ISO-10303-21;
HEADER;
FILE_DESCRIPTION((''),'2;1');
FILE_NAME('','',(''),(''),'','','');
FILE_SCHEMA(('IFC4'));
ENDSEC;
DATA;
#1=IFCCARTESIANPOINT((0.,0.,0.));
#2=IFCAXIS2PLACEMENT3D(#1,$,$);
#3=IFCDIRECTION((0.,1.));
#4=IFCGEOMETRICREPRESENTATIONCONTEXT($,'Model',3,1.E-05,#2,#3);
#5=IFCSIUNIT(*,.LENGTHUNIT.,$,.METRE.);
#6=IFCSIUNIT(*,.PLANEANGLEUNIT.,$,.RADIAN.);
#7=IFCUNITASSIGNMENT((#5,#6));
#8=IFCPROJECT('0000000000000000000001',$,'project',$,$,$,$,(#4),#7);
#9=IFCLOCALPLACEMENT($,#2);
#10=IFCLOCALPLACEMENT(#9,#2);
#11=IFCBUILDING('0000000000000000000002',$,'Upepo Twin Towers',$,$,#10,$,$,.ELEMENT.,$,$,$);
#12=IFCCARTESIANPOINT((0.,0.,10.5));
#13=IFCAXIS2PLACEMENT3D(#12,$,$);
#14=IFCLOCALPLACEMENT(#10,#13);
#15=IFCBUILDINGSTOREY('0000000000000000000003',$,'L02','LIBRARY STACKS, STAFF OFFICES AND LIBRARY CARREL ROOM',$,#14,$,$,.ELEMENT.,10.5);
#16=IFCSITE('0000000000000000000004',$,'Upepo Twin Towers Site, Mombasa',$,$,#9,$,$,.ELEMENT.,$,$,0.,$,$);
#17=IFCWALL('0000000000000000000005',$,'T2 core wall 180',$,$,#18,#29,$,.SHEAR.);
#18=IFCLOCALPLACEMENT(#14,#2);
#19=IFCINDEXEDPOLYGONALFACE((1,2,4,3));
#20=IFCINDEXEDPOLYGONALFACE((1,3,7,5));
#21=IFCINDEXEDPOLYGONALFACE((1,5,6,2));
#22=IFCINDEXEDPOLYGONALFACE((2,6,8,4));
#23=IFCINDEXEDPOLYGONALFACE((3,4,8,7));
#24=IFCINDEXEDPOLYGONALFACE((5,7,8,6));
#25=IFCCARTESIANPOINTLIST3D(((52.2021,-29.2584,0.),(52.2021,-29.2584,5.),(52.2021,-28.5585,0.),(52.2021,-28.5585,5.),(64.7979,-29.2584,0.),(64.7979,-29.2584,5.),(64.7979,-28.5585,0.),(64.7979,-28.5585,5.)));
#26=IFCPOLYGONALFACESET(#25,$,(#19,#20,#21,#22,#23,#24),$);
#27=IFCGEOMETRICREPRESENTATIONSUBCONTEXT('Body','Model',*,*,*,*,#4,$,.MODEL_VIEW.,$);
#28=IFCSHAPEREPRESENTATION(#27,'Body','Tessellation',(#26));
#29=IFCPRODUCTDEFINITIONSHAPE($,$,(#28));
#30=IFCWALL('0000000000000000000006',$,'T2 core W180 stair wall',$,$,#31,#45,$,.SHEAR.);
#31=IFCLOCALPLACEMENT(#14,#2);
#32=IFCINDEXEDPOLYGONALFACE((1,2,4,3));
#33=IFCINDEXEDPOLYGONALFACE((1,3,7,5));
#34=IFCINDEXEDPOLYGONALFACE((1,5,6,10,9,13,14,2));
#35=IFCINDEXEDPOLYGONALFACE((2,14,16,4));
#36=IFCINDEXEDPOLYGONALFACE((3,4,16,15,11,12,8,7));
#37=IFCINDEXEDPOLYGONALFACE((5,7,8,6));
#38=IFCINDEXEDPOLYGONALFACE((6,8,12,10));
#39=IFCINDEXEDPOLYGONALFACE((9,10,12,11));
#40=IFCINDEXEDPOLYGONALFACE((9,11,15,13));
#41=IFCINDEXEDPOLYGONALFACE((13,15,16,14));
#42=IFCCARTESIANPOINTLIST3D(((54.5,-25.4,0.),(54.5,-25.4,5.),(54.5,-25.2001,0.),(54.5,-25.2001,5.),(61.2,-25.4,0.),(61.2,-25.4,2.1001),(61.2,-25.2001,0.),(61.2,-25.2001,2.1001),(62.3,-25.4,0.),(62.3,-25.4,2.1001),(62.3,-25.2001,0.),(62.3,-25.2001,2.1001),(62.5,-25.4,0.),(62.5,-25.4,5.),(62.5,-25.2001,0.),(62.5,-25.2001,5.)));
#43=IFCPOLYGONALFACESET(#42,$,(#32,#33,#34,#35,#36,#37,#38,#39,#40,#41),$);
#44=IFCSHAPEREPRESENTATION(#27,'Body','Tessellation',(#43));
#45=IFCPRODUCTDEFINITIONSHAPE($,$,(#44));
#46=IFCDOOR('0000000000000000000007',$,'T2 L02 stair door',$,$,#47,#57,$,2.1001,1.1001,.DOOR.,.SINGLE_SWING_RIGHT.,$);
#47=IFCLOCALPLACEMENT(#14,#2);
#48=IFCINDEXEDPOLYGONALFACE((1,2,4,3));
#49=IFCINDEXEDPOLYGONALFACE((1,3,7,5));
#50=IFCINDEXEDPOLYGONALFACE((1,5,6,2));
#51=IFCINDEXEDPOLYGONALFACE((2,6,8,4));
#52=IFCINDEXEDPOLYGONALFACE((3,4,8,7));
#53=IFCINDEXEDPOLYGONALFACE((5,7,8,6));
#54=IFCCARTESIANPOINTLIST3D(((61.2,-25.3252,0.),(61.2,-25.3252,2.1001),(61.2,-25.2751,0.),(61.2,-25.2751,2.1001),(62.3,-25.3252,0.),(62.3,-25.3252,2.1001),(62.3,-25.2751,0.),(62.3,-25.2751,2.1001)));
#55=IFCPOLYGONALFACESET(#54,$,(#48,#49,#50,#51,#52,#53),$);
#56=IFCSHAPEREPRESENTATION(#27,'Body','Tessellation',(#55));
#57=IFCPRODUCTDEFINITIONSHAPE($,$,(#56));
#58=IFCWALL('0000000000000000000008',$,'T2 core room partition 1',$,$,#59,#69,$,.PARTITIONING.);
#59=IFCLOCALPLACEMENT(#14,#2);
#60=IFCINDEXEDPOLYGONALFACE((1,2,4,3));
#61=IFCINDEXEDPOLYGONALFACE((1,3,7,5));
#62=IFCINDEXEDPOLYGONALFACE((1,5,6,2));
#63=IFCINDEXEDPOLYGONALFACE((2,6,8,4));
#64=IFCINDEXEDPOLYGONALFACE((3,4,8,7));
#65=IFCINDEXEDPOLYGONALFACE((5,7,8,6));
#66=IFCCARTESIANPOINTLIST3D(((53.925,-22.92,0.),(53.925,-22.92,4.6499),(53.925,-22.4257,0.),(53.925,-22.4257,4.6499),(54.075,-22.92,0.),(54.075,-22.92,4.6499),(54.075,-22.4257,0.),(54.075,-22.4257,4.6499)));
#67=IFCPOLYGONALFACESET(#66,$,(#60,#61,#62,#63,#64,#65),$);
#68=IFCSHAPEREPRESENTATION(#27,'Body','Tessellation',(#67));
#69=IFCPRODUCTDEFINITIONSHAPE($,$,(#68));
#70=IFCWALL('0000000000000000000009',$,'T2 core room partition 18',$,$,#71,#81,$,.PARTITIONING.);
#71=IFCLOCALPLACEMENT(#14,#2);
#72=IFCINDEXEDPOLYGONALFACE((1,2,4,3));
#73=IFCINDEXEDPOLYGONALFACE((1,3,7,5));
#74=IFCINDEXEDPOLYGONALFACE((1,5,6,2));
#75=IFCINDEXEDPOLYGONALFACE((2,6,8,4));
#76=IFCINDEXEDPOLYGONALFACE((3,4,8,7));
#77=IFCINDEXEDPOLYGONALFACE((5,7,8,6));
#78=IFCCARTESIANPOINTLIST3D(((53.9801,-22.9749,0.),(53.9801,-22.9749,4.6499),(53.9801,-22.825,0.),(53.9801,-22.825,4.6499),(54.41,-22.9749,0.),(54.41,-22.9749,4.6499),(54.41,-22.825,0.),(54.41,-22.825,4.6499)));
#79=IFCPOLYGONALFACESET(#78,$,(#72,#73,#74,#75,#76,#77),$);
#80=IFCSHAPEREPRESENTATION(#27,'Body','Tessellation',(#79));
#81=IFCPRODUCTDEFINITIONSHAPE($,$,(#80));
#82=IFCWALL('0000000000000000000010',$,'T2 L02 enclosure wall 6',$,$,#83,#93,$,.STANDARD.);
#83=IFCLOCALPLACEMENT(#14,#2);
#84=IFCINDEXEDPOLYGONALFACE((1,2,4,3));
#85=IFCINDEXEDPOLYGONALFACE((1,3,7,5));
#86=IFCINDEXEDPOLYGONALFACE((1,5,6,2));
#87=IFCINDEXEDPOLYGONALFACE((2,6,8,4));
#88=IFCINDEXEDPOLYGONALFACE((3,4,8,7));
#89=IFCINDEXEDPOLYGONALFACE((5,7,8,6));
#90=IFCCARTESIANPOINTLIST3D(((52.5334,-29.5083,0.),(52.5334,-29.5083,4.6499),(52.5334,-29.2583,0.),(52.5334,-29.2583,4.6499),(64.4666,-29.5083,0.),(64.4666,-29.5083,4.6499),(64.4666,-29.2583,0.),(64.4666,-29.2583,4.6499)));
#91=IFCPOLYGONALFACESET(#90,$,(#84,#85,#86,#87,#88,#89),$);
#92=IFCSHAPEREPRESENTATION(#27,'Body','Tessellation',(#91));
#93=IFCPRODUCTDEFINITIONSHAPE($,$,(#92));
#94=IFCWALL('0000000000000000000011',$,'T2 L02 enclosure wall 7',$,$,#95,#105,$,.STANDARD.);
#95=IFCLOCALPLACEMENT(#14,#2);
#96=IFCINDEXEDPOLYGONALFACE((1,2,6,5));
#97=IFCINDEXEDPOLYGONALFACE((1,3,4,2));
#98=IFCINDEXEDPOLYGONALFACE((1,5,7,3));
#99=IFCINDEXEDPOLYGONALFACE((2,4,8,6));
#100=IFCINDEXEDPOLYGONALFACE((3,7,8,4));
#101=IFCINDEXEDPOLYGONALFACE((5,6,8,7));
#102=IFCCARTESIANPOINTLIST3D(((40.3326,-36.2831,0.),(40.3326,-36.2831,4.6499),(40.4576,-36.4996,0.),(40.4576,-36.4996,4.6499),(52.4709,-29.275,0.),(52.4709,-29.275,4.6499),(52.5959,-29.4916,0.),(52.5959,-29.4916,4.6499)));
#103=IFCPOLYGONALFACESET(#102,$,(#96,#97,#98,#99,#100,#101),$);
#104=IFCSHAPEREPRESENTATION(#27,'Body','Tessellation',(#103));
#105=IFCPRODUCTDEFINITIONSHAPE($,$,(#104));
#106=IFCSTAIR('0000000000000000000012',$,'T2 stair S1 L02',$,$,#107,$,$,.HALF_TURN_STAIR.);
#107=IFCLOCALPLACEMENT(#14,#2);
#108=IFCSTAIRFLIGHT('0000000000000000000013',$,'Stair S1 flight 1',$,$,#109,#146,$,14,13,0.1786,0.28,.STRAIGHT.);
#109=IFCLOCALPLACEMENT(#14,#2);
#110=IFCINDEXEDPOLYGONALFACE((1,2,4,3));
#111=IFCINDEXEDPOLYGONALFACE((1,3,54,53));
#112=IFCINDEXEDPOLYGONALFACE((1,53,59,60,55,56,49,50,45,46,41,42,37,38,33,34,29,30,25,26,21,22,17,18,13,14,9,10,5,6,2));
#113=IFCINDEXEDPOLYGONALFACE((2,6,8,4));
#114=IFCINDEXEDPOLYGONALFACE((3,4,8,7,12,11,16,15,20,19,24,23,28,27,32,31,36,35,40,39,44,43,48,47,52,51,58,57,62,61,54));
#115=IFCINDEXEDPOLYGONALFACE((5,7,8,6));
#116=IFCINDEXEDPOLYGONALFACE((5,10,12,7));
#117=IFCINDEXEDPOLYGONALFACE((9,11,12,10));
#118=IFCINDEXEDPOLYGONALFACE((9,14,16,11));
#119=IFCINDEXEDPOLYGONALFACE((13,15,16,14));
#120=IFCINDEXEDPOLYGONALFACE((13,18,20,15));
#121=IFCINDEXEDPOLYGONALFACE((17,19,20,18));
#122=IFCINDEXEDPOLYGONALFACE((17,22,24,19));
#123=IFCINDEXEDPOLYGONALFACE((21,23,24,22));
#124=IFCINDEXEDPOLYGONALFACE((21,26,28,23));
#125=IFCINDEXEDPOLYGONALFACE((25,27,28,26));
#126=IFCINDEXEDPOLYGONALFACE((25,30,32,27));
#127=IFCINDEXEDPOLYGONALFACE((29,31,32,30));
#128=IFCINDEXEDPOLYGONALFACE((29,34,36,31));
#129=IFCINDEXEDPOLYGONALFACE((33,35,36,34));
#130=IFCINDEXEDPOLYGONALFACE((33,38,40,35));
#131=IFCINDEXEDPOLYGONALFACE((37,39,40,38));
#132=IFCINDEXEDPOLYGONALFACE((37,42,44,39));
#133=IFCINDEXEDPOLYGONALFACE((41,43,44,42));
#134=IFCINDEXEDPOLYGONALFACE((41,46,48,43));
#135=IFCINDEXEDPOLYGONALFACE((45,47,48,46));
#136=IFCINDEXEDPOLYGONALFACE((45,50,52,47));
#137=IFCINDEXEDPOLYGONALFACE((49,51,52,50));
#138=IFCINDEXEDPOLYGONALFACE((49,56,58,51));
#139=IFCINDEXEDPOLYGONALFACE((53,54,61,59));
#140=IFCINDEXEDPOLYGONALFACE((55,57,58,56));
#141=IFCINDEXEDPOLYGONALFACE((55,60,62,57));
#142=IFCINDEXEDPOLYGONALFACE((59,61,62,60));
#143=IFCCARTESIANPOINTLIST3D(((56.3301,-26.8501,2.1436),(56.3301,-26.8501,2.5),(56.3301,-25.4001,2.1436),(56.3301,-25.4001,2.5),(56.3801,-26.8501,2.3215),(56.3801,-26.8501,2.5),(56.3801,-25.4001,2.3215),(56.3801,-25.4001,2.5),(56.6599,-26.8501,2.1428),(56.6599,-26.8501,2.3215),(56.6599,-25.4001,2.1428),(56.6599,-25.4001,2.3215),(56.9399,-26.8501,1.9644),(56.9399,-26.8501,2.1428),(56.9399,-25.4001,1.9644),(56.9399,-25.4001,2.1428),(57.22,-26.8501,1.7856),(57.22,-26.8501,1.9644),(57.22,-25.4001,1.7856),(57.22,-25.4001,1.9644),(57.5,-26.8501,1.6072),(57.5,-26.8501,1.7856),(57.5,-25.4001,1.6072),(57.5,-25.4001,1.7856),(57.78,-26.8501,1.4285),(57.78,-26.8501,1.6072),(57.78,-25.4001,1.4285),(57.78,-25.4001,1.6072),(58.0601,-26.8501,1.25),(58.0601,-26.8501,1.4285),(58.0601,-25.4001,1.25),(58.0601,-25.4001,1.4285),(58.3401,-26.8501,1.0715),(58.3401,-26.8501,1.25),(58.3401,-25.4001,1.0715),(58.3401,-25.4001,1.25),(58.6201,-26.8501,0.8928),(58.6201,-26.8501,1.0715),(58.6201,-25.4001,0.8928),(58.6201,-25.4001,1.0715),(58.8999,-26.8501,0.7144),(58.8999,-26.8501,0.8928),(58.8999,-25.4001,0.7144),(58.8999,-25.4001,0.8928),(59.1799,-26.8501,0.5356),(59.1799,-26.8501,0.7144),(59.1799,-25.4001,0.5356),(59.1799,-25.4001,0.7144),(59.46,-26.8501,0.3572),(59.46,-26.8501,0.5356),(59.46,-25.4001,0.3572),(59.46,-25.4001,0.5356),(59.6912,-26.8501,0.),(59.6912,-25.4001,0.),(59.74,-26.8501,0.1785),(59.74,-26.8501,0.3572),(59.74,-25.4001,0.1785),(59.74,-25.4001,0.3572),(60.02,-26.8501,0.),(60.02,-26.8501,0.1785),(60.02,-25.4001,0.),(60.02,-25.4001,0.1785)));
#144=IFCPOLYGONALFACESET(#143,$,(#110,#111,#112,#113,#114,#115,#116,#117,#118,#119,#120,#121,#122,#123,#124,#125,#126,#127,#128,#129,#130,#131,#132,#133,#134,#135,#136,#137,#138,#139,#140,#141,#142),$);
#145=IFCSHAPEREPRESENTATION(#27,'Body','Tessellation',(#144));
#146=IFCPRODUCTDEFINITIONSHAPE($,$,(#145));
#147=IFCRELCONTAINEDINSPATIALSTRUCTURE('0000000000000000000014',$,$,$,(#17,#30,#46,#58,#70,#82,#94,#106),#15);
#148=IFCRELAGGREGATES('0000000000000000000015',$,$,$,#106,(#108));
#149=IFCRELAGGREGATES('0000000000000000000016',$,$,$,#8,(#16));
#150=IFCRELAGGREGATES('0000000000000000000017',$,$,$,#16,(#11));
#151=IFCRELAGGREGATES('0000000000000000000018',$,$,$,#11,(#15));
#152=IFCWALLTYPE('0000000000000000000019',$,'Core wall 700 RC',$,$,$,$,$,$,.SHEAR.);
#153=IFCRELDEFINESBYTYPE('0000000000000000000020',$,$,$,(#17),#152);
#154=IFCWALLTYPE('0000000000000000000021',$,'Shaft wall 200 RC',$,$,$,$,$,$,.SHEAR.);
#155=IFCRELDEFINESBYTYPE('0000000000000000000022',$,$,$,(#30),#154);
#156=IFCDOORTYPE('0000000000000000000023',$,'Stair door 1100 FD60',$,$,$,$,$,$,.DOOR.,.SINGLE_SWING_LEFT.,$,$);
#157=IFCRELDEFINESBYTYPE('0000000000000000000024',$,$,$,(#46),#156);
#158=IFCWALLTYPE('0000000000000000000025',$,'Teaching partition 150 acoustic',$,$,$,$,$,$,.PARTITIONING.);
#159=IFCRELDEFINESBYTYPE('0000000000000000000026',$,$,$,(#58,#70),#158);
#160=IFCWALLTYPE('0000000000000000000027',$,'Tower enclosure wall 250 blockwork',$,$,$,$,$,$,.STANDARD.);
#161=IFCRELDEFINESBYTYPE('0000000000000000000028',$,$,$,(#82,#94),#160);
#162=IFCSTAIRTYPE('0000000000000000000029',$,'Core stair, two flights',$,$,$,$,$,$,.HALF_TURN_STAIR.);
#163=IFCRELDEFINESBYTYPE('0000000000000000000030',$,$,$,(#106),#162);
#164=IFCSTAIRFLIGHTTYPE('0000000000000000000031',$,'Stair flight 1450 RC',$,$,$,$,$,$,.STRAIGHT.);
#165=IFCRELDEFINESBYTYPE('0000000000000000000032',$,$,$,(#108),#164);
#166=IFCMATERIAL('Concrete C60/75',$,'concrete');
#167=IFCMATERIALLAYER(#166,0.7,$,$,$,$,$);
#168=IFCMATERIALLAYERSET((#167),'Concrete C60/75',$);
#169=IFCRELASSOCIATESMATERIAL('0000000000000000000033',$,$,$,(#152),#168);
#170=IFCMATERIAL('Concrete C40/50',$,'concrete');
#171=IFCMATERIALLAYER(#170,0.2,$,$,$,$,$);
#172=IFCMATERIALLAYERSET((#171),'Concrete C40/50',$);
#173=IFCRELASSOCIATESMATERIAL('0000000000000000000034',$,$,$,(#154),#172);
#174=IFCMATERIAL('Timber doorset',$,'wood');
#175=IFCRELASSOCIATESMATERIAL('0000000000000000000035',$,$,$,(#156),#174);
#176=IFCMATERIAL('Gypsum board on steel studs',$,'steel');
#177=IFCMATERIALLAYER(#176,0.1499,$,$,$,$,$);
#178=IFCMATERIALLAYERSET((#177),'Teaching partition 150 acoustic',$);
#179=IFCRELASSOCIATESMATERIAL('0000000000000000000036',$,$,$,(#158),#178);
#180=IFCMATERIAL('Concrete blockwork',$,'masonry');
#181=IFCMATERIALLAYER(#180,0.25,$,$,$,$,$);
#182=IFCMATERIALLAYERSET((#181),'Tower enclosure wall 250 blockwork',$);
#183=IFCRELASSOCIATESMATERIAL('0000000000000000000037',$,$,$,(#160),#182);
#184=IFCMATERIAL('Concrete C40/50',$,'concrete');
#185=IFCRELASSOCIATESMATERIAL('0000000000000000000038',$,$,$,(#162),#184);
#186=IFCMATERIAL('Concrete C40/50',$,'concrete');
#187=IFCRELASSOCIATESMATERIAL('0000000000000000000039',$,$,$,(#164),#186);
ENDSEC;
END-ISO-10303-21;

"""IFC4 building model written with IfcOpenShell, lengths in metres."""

from ifc_helpers import new_model, si_unit, direction, frame, frame_2d, origin, place, context, subcontext, project, spatial, polyline, rectangle, outline, extrude, material, layer, layer_set, type_object, element, fill, aggregate, save


model = new_model("IFC4")

# Units and contexts
model_context = context("Model", 3, precision=1e-05, world=origin(), true_north=direction((0.0, 1.0)))
body_context = subcontext(model_context, "Body", "Model", "MODEL_VIEW")
ifc_project = project(units=[si_unit("LENGTHUNIT", "METRE"), si_unit("PLANEANGLEUNIT", "RADIAN")], contexts=[model_context])

# Site, building, storey
site_placement = place(None, origin())
site = spatial("IfcSite", under=ifc_project, at=site_placement, Name="Upepo Twin Towers Site, Mombasa", CompositionType="ELEMENT", RefElevation=0.0)
building_placement = place(site_placement, origin())
building = spatial("IfcBuilding", under=site, at=building_placement, Name="Upepo Twin Towers", CompositionType="ELEMENT")
storey_placement = place(building_placement, frame((0.0, 0.0, 10.5)))
storey = spatial("IfcBuildingStorey", under=building, at=storey_placement, Name="L02", Description="LIBRARY STACKS, STAFF OFFICES AND LIBRARY CARREL ROOM", CompositionType="ELEMENT", Elevation=10.5)

# Wall
ifc_material_1 = material(Name="Concrete C60/75", Category="concrete")
ifc_layer_1 = layer(ifc_material_1, 0.7)
ifc_layer_set_1 = layer_set([ifc_layer_1], Name="Concrete C60/75")
wall_type_1 = type_object("IfcWallType", Name="Core wall 700 RC", PredefinedType="SHEAR", material=ifc_layer_set_1)
wall_1_placement = place(storey_placement, frame((52.2021, -28.9084, 0.0), z_axis=(0.0, 0.0, 1.0), x_axis=(1.0, 0.0, 0.0)))
element("IfcWall", 1, at=wall_1_placement, inside=storey, type_object=wall_type_1, Name="T2 core wall 180", PredefinedType="SHEAR", context=body_context, shape_type="SweptSolid", body=[
    extrude(rectangle(XDim=12.5957, YDim=0.7, at=frame_2d((6.2979, 0.0))), origin(), (0.0, 0.0, 1.0), 5.0),
])

# Wall, opening, door
ifc_material_2 = material(Name="Concrete C40/50", Category="concrete")
ifc_layer_2 = layer(ifc_material_2, 0.2)
ifc_layer_set_2 = layer_set([ifc_layer_2], Name="Concrete C40/50")
wall_type_2 = type_object("IfcWallType", Name="Shaft wall 200 RC", PredefinedType="SHEAR", material=ifc_layer_set_2)
wall_2_placement = place(storey_placement, frame((54.5, -25.3, 0.0), z_axis=(0.0, 0.0, 1.0), x_axis=(1.0, 0.0, 0.0)))
wall_2 = element("IfcWall", 2, at=wall_2_placement, inside=storey, type_object=wall_type_2, Name="T2 core W180 stair wall", PredefinedType="SHEAR", context=body_context, shape_type="SweptSolid", body=[
    extrude(rectangle(XDim=8.0, YDim=0.2, at=frame_2d((4.0, 0.0))), origin(), (0.0, 0.0, 1.0), 5.0),
])
opening_placement = place(wall_2_placement, frame((6.7, 0.0, 0.0)))
opening = element("IfcOpeningElement", 3, at=opening_placement, cuts=wall_2, PredefinedType="OPENING", context=body_context, shape_type="SweptSolid", body=[
    extrude(rectangle(XDim=1.1001, YDim=2.1001, at=frame_2d((0.55, 1.05))), frame((0.0, 0.1099, 0.0), z_axis=(0.0, -1.0, 0.0), x_axis=(1.0, 0.0, 0.0)), (0.0, 0.0, 1.0), 0.22),
])
ifc_material_3 = material(Name="Timber doorset", Category="wood")
door_type = type_object("IfcDoorType", Name="Stair door 1100 FD60", OperationType="SINGLE_SWING_LEFT", PredefinedType="DOOR", material=ifc_material_3)
door_placement = place(opening_placement, origin())
door = element("IfcDoor", 4, at=door_placement, inside=storey, type_object=door_type, Name="T2 L02 stair door", OperationType="SINGLE_SWING_RIGHT", OverallHeight=2.1001, OverallWidth=1.1001, PredefinedType="DOOR", context=body_context, shape_type="SweptSolid", body=[
    extrude(rectangle(XDim=1.1001, YDim=2.1001, at=frame_2d((0.55, 1.05))), frame((0.0, 0.0249, 0.0), z_axis=(0.0, -1.0, 0.0), x_axis=(1.0, 0.0, 0.0)), (0.0, 0.0, 1.0), 0.05),
])
fill(opening, door)

# Walls
ifc_material_4 = material(Name="Gypsum board on steel studs", Category="steel")
ifc_layer_3 = layer(ifc_material_4, 0.1499)
ifc_layer_set_3 = layer_set([ifc_layer_3], Name="Teaching partition 150 acoustic")
wall_type_3 = type_object("IfcWallType", Name="Teaching partition 150 acoustic", PredefinedType="PARTITIONING", material=ifc_layer_set_3)
wall_3_placement = place(storey_placement, frame((54.0, -22.9199, 0.0), z_axis=(0.0, 0.0, 1.0), x_axis=(0.0, 1.0, 0.0)))
element("IfcWall", 5, at=wall_3_placement, inside=storey, type_object=wall_type_3, Name="T2 core room partition 1", PredefinedType="PARTITIONING", context=body_context, shape_type="SweptSolid", body=[
    extrude(rectangle(XDim=0.4944, YDim=0.1499, at=frame_2d((0.2471, 0.0))), origin(), (0.0, 0.0, 1.0), 4.6499),
])
wall_4_placement = place(storey_placement, frame((54.4099, -22.8999, 0.0), z_axis=(0.0, 0.0, 1.0), x_axis=(-1.0, 0.0, 0.0)))
element("IfcWall", 6, at=wall_4_placement, inside=storey, type_object=wall_type_3, Name="T2 core room partition 18", PredefinedType="PARTITIONING", context=body_context, shape_type="SweptSolid", body=[
    extrude(rectangle(XDim=0.4299, YDim=0.1499, at=frame_2d((0.2148, 0.0))), origin(), (0.0, 0.0, 1.0), 4.6499),
])
ifc_material_5 = material(Name="Concrete blockwork", Category="masonry")
ifc_layer_4 = layer(ifc_material_5, 0.25)
ifc_layer_set_4 = layer_set([ifc_layer_4], Name="Tower enclosure wall 250 blockwork")
wall_type_4 = type_object("IfcWallType", Name="Tower enclosure wall 250 blockwork", PredefinedType="STANDARD", material=ifc_layer_set_4)
wall_5_placement = place(storey_placement, frame((64.4666, -29.3833, 0.0), z_axis=(0.0, 0.0, 1.0), x_axis=(-1.0, 0.0, 0.0)))
element("IfcWall", 7, at=wall_5_placement, inside=storey, type_object=wall_type_4, Name="T2 L02 enclosure wall 6", PredefinedType="STANDARD", context=body_context, shape_type="SweptSolid", body=[
    extrude(rectangle(XDim=11.9331, YDim=0.25, at=frame_2d((5.9666, 0.0))), origin(), (0.0, 0.0, 1.0), 4.6499),
])
wall_6_placement = place(storey_placement, frame((52.5334, -29.3833, 0.0), z_axis=(0.0, 0.0, 1.0), x_axis=(-0.866028, -0.499996, 0.0)))
element("IfcWall", 8, at=wall_6_placement, inside=storey, type_object=wall_type_4, Name="T2 L02 enclosure wall 7", PredefinedType="STANDARD", context=body_context, shape_type="SweptSolid", body=[
    extrude(rectangle(XDim=14.0161, YDim=0.25, at=frame_2d((7.0081, 0.0))), origin(), (0.0, 0.0, 1.0), 4.6499),
])

# Stair, stair flight
ifc_material_6 = material(Name="Concrete C40/50", Category="concrete")
stair_type = type_object("IfcStairType", Name="Core stair, two flights", PredefinedType="HALF_TURN_STAIR", material=ifc_material_6)
stair_placement = place(storey_placement, origin())
stair = element("IfcStair", 9, at=stair_placement, inside=storey, type_object=stair_type, Name="T2 stair S1 L02", PredefinedType="HALF_TURN_STAIR")
ifc_material_7 = material(Name="Concrete C40/50", Category="concrete")
stair_flight_type = type_object("IfcStairFlightType", Name="Stair flight 1450 RC", PredefinedType="STRAIGHT", material=ifc_material_7)
stair_flight_1_placement = place(storey_placement, frame((60.02, -26.125, 0.0), z_axis=(0.0, 0.0, 1.0), x_axis=(-1.0, 0.0, 0.0)))
stair_flight_1 = element("IfcStairFlight", 10, at=stair_flight_1_placement, type_object=stair_flight_type, Name="Stair S1 flight 1", NumberOfRisers=14, NumberOfTreads=13, PredefinedType="STRAIGHT", RiserHeight=0.1786, TreadLength=0.28, context=body_context, shape_type="SweptSolid", body=[
    extrude(outline(polyline([(0.0, 0.0), (0.0, 0.1785), (0.28, 0.1785), (0.28, 0.3572), (0.5601, 0.3572), (0.5601, 0.5356), (0.8401, 0.5356), (0.8401, 0.7144), (1.1201, 0.7144), (1.1201, 0.8928), (1.3999, 0.8928), (1.3999, 1.0715), (1.6799, 1.0715), (1.6799, 1.25), (1.96, 1.25), (1.96, 1.4285), (2.24, 1.4285), (2.24, 1.6072), (2.52, 1.6072), (2.52, 1.7856), (2.8, 1.7856), (2.8, 1.9644), (3.0801, 1.9644), (3.0801, 2.1428), (3.3601, 2.1428), (3.3601, 2.3215), (3.6399, 2.3215), (3.6399, 2.5), (3.6899, 2.5), (3.6899, 2.1436), (0.3289, 0.0), (0.0, 0.0)])), frame((0.0, 0.7251, 0.0), z_axis=(0.0, -1.0, 0.0), x_axis=(1.0, 0.0, 0.0)), (0.0, 0.0, 1.0), 1.45),
])
aggregate(stair, [stair_flight_1])

save(model, "model.ifc")
